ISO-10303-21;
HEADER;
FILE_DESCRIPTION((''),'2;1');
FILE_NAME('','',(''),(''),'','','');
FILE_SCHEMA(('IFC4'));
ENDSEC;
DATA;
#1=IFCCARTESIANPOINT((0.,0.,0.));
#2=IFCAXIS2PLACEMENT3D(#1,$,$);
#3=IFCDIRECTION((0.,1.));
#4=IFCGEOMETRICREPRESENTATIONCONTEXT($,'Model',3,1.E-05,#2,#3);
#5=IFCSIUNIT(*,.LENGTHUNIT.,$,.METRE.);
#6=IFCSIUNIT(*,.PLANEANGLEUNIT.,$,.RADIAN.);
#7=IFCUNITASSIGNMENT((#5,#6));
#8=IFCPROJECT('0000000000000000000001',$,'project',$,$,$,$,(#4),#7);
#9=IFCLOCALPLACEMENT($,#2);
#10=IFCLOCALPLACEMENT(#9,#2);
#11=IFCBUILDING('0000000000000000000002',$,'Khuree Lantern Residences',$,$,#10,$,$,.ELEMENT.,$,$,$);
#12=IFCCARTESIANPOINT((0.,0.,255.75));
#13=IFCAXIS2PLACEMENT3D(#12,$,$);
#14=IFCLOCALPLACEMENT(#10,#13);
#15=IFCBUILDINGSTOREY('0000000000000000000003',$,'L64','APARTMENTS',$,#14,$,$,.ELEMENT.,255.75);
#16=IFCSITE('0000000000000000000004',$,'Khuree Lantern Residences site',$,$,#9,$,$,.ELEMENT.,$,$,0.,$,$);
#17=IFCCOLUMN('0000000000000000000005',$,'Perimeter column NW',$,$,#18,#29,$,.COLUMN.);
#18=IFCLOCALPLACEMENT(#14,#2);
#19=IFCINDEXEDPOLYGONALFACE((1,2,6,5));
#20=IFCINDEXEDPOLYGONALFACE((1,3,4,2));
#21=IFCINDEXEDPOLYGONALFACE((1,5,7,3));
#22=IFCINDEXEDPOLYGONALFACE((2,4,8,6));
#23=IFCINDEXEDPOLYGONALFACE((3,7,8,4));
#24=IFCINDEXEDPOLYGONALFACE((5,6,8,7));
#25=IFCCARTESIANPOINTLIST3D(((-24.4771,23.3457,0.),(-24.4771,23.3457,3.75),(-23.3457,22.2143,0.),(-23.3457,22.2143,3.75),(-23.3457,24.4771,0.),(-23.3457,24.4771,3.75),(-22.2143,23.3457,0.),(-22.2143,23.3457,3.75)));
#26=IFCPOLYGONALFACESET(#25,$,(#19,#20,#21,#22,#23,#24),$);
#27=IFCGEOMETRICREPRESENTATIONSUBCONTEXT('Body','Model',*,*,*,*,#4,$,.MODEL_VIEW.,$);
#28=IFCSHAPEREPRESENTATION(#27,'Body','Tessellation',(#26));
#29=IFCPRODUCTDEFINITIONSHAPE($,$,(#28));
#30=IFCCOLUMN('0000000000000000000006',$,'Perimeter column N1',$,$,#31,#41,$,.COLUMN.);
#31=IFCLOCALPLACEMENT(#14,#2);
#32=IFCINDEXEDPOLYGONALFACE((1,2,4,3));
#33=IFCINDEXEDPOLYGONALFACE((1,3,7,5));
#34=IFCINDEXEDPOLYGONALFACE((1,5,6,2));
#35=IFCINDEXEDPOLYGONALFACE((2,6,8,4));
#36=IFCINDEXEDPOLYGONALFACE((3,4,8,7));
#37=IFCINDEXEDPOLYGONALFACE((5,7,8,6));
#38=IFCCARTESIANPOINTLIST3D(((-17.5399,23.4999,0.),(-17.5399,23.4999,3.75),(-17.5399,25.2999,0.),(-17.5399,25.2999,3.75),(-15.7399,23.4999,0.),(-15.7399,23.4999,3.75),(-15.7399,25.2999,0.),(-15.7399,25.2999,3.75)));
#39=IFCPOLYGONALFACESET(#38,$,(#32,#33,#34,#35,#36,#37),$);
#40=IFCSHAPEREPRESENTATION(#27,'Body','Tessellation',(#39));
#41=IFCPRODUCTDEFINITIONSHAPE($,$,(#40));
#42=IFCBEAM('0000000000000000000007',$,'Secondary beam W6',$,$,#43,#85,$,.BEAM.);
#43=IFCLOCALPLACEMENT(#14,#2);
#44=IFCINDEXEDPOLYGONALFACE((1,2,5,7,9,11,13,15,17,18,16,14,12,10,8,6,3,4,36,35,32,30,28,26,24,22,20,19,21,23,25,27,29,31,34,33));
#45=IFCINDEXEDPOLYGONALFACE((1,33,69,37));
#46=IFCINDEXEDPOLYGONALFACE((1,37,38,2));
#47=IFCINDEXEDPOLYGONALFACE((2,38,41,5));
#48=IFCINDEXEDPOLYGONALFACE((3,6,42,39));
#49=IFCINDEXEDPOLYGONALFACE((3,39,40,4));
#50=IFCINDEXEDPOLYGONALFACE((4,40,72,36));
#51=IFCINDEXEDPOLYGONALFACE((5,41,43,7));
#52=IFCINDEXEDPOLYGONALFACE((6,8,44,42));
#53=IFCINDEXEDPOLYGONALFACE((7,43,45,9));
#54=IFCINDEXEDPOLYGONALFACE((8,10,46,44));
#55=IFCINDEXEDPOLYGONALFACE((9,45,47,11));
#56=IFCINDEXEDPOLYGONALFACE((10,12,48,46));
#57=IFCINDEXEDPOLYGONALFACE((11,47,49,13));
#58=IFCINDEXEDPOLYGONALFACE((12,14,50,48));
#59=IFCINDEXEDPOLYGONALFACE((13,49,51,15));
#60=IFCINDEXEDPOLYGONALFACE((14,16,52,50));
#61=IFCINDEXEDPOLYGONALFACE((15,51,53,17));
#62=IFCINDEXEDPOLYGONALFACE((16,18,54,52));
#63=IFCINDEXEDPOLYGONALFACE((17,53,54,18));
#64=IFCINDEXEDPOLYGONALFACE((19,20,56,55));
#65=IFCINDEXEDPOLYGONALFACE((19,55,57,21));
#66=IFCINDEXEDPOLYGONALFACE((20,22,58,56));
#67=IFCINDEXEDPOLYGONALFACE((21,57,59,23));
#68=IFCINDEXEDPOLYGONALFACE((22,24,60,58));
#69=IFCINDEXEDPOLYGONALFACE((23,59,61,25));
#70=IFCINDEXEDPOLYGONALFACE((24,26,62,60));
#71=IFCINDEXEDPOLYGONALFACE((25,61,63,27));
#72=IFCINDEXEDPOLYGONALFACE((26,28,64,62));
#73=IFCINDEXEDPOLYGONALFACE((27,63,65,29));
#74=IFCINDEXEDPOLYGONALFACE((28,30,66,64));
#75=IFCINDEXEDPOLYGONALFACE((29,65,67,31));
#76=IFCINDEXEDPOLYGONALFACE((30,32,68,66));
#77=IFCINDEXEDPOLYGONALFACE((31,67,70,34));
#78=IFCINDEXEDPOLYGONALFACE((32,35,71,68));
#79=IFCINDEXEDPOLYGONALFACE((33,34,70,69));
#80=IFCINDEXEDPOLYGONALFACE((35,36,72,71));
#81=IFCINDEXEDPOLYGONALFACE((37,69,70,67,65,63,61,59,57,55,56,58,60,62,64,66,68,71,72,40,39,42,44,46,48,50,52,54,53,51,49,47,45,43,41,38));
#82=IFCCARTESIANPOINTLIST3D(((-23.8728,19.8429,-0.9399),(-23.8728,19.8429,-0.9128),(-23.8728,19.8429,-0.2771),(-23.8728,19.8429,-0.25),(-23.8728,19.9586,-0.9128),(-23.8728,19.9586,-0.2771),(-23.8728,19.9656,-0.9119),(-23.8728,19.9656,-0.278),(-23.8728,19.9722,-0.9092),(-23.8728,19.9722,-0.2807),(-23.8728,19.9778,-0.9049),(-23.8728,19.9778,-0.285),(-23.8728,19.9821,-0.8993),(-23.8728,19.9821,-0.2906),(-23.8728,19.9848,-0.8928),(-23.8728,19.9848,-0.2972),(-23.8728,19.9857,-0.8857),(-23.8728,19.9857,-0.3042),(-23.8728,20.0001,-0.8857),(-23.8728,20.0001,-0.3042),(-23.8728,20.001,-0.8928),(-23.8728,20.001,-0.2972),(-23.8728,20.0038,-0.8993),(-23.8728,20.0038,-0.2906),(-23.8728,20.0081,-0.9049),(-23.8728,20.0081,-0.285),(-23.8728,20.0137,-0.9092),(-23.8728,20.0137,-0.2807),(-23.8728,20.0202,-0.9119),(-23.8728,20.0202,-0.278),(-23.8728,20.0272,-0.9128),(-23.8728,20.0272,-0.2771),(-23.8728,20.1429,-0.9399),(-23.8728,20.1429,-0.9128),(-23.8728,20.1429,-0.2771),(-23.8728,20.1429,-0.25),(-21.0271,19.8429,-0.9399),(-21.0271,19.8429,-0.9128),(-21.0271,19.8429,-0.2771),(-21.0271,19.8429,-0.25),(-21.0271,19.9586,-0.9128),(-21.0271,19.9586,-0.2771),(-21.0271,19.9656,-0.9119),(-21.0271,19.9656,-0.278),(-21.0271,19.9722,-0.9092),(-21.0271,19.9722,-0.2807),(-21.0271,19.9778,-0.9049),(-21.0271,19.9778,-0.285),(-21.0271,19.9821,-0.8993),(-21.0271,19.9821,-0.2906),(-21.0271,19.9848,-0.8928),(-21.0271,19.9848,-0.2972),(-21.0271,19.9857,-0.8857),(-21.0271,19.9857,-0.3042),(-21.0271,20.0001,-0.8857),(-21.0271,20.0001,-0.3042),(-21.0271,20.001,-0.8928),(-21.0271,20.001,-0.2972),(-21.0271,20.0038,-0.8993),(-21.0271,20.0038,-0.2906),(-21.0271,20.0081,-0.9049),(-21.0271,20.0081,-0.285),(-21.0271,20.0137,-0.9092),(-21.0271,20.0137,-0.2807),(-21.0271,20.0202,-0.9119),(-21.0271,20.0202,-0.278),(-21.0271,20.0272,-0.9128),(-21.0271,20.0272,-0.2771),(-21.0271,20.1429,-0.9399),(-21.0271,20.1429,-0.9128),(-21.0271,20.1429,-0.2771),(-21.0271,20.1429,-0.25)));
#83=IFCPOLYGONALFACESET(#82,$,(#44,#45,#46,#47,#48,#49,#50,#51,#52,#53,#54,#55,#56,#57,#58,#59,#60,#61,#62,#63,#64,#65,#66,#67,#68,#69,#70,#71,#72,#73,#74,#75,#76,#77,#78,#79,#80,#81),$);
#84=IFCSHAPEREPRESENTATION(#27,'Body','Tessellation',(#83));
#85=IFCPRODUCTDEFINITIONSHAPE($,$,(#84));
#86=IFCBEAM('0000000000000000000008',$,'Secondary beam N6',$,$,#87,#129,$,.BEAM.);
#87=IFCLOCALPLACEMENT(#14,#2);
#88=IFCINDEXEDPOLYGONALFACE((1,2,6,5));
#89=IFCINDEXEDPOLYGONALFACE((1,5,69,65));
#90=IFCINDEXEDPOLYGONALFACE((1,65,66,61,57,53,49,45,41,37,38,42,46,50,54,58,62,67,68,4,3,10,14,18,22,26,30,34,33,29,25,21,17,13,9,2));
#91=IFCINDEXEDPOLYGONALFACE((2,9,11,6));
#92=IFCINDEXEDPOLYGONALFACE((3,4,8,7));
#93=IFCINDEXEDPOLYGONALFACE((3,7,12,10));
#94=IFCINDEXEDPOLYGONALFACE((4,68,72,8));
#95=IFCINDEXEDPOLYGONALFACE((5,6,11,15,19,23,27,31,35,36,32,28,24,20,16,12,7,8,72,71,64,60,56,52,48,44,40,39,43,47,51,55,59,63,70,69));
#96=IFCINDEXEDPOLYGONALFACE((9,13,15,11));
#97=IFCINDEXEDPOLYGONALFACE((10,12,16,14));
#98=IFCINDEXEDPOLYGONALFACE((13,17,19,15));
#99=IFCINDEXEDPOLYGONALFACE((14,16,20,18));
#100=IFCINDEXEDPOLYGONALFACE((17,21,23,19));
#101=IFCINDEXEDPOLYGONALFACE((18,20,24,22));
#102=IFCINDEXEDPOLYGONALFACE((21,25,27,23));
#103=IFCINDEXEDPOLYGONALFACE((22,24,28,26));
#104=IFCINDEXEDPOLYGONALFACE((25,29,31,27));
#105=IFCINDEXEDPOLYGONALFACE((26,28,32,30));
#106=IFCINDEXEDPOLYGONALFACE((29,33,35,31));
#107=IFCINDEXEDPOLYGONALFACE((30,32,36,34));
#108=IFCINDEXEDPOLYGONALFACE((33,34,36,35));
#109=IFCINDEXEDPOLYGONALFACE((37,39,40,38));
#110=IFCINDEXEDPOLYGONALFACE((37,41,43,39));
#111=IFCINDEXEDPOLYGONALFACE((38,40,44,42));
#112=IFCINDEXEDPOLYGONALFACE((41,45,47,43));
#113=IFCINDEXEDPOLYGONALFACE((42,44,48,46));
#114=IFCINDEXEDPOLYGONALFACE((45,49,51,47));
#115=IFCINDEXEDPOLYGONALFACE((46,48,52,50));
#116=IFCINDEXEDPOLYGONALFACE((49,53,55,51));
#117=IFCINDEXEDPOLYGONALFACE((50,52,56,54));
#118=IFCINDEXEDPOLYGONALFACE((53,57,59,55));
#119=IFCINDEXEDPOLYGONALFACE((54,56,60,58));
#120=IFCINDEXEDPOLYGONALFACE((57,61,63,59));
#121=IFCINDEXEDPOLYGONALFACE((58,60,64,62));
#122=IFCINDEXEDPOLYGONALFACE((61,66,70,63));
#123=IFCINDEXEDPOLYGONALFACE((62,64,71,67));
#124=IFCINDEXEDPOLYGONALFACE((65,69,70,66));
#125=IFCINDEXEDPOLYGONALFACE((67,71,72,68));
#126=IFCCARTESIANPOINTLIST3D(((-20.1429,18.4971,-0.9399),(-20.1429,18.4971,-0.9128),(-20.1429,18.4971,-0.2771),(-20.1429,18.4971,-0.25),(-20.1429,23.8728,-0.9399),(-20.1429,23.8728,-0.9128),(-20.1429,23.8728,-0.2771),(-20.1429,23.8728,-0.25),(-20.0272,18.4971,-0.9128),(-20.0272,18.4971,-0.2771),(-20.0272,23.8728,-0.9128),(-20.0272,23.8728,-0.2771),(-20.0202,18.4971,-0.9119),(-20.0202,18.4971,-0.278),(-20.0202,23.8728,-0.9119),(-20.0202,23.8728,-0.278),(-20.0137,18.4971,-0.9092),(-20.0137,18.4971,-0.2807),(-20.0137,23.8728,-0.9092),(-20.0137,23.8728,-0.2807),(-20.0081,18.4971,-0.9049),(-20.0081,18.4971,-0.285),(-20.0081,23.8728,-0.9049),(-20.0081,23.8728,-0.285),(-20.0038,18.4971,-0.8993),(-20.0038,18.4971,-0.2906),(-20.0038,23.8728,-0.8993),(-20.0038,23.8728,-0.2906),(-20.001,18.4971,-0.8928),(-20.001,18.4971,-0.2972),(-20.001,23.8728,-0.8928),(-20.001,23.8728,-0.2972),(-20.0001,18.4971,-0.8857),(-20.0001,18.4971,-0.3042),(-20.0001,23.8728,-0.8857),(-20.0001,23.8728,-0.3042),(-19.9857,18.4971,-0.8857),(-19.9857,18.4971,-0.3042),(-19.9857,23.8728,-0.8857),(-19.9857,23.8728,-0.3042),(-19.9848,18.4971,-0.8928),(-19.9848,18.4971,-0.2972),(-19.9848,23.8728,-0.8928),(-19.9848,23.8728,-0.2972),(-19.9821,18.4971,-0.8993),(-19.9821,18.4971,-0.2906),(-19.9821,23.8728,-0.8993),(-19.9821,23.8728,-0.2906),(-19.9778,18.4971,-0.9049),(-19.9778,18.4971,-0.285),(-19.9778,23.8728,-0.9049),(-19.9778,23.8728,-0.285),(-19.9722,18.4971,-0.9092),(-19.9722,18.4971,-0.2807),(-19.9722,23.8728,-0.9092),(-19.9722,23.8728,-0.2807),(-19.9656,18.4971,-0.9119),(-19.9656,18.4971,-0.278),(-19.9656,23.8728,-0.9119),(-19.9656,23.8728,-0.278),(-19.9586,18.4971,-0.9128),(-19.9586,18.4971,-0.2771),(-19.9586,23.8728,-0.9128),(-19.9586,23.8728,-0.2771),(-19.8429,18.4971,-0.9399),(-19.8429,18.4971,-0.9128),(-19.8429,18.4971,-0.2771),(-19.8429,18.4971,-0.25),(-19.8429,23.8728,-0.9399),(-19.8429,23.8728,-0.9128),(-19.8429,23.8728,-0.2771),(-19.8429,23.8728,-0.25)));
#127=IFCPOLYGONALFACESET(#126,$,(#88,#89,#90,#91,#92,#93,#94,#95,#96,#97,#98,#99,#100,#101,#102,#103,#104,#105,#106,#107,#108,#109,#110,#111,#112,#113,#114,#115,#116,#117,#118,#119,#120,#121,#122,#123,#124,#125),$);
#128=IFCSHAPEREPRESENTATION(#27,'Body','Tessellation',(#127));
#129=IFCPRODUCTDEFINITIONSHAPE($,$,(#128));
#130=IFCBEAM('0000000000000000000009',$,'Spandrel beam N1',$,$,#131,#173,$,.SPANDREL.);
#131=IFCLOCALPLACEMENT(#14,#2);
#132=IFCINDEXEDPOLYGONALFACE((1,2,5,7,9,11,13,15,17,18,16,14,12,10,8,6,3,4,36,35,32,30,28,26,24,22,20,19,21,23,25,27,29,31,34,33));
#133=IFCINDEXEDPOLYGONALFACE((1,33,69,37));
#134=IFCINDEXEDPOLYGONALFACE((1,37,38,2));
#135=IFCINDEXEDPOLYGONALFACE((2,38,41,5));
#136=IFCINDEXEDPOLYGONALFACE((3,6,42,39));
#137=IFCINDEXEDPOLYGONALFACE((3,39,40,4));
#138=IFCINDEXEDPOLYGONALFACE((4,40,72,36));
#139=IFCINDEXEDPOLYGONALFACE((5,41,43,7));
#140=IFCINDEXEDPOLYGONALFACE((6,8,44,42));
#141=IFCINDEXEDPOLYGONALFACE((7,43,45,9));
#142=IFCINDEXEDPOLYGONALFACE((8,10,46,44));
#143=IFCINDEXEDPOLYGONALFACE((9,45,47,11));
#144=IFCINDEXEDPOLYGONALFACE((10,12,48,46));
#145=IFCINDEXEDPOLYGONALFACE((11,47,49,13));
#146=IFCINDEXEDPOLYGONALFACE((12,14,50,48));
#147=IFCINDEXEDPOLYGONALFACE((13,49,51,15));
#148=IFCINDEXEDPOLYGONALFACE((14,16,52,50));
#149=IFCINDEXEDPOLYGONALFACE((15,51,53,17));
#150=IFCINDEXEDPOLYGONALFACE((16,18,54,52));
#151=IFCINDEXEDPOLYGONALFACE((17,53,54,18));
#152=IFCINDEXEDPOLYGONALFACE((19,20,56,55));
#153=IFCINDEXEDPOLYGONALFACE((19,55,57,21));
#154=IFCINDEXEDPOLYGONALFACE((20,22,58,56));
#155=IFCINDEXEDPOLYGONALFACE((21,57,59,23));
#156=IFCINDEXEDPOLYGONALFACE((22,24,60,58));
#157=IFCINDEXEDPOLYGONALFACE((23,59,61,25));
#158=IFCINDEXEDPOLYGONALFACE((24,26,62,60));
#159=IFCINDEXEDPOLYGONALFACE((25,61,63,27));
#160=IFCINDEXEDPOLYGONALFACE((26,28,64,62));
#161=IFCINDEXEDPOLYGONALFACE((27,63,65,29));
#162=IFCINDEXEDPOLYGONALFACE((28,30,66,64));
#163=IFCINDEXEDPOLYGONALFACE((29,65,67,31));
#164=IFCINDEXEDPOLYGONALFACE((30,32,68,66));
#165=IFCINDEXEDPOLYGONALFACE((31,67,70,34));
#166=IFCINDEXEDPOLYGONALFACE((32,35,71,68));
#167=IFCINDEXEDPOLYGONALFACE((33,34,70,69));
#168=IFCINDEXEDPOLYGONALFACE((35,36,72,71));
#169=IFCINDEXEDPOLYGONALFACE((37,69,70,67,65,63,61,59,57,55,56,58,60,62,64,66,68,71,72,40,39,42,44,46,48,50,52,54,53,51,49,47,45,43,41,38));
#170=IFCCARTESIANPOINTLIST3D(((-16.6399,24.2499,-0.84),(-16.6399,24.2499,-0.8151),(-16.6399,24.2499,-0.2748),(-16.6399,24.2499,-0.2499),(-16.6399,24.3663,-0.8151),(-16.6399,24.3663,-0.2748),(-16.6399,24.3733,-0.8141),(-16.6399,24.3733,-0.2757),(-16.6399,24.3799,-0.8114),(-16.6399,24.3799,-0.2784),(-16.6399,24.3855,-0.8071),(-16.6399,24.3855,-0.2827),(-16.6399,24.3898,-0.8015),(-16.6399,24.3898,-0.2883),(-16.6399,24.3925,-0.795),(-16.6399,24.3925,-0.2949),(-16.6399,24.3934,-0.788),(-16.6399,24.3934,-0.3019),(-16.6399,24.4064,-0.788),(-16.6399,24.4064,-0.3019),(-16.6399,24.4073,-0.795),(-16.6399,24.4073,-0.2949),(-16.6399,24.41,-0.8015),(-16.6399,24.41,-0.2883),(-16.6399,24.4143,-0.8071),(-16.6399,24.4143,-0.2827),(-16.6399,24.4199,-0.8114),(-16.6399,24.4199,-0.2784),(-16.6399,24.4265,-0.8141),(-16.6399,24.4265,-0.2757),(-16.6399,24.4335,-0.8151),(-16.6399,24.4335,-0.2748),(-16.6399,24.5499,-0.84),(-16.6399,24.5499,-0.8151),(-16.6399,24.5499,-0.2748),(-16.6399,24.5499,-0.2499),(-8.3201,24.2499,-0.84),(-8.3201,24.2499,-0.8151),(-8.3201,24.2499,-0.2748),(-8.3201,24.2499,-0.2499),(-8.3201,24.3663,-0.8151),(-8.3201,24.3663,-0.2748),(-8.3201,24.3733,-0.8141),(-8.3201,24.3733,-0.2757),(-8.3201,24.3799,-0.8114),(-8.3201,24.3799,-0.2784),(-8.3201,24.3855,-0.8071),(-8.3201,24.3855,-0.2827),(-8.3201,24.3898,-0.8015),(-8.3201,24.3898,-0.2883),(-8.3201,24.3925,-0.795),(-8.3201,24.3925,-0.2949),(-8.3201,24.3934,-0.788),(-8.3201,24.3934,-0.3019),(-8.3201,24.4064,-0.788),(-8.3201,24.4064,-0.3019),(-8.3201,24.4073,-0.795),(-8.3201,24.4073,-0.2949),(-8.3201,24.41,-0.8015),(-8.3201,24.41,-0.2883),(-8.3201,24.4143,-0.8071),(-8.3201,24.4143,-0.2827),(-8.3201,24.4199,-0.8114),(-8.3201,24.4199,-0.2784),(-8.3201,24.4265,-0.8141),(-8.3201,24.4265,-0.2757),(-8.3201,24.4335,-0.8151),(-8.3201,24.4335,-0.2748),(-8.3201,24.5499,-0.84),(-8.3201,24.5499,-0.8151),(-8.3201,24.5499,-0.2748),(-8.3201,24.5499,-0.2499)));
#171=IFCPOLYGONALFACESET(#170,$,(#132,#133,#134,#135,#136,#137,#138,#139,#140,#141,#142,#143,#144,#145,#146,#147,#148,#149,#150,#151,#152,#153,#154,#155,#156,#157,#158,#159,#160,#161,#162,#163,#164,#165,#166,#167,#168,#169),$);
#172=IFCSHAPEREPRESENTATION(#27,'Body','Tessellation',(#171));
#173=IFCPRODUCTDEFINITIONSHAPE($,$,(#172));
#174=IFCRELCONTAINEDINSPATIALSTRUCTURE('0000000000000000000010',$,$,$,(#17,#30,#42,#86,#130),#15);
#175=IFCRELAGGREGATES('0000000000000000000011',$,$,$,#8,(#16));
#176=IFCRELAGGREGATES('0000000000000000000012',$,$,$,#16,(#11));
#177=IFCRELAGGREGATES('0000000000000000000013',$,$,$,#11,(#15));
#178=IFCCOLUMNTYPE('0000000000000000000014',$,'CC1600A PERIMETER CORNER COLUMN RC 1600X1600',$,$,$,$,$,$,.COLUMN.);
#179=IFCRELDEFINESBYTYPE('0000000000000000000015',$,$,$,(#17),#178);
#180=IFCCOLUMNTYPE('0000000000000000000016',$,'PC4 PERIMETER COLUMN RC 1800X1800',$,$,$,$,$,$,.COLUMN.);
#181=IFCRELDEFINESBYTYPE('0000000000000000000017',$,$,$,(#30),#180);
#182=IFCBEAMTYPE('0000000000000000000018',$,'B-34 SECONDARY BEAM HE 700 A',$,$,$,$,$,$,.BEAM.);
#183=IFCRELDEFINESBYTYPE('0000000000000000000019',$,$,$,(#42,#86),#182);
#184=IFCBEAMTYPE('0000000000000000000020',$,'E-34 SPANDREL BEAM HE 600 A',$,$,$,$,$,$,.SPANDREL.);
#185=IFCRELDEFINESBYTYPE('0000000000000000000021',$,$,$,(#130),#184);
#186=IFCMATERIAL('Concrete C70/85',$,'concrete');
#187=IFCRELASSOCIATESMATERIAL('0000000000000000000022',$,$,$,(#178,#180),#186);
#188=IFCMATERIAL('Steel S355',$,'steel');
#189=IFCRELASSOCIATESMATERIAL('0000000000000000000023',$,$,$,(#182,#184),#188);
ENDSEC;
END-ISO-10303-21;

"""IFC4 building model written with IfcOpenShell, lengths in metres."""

from ifc_helpers import new_model, si_unit, direction, frame, origin, origin_2d, place, context, subcontext, project, spatial, rectangle, i_section, extrude, material, material_profile, profile_set, type_object, element, save


model = new_model("IFC4")

# Units and contexts
model_context = context("Model", 3, precision=1e-05, world=origin(), true_north=direction((0.0, 1.0)))
body_context = subcontext(model_context, "Body", "Model", "MODEL_VIEW")
ifc_project = project(units=[si_unit("LENGTHUNIT", "METRE"), si_unit("PLANEANGLEUNIT", "RADIAN")], contexts=[model_context])

# Site, building, storey
site_placement = place(None, origin())
site = spatial("IfcSite", under=ifc_project, at=site_placement, Name="Khuree Lantern Residences site", CompositionType="ELEMENT", RefElevation=0.0)
building_placement = place(site_placement, origin())
building = spatial("IfcBuilding", under=site, at=building_placement, Name="Khuree Lantern Residences", CompositionType="ELEMENT")
storey_placement = place(building_placement, frame((0.0, 0.0, 255.75)))
storey = spatial("IfcBuildingStorey", under=building, at=storey_placement, Name="L64", Description="APARTMENTS", CompositionType="ELEMENT", Elevation=255.75)

# Columns
ifc_material_1 = material(Name="Concrete C70/85", Category="concrete")
ifc_material_profile_1 = material_profile(ifc_material_1, rectangle(XDim=1.6001, YDim=1.6001, at=origin_2d()), Name="RC 1600X1600")
ifc_profile_set_1 = profile_set([ifc_material_profile_1], Name="Concrete C70/85")
column_type_1 = type_object("IfcColumnType", Name="CC1600A PERIMETER CORNER COLUMN RC 1600X1600", PredefinedType="COLUMN", material=ifc_profile_set_1)
column_1_placement = place(storey_placement, frame((-23.3457, 23.3457, 0.0), z_axis=(0.0, 0.0, 1.0), x_axis=(0.707107, 0.707107, 0.0)))
element("IfcColumn", 1, at=column_1_placement, inside=storey, type_object=column_type_1, Name="Perimeter column NW", PredefinedType="COLUMN", context=body_context, shape_type="SweptSolid", body=[
    extrude(rectangle(XDim=1.6001, YDim=1.6001, at=origin_2d()), origin(), (0.0, 0.0, 1.0), 3.75),
])
ifc_material_profile_2 = material_profile(ifc_material_1, rectangle(XDim=1.8, YDim=1.8, at=origin_2d()), Name="RC 1800X1800")
ifc_profile_set_2 = profile_set([ifc_material_profile_2], Name="Concrete C70/85")
column_type_2 = type_object("IfcColumnType", Name="PC4 PERIMETER COLUMN RC 1800X1800", PredefinedType="COLUMN", material=ifc_profile_set_2)
column_2_placement = place(storey_placement, frame((-16.6399, 24.3999, 0.0), z_axis=(0.0, 0.0, 1.0), x_axis=(1.0, 0.0, 0.0)))
element("IfcColumn", 2, at=column_2_placement, inside=storey, type_object=column_type_2, Name="Perimeter column N1", PredefinedType="COLUMN", context=body_context, shape_type="SweptSolid", body=[
    extrude(rectangle(XDim=1.8, YDim=1.8, at=origin_2d()), origin(), (0.0, 0.0, 1.0), 3.75),
])

# Beams
ifc_material_2 = material(Name="Steel S355", Category="steel")
ifc_material_profile_3 = material_profile(ifc_material_2, i_section(OverallWidth=0.3, OverallDepth=0.6899, WebThickness=0.0144, FlangeThickness=0.0271, FilletRadius=0.0271, at=origin_2d()), Name="HE 700 A")
ifc_profile_set_3 = profile_set([ifc_material_profile_3], Name="Steel S355")
beam_type_1 = type_object("IfcBeamType", Name="B-34 SECONDARY BEAM HE 700 A", PredefinedType="BEAM", material=ifc_profile_set_3)
beam_1_placement = place(storey_placement, frame((-23.8728, 19.9929, -0.595), z_axis=(1.0, 0.0, 0.0), x_axis=(0.0, 1.0, 0.0)))
element("IfcBeam", 3, at=beam_1_placement, inside=storey, type_object=beam_type_1, Name="Secondary beam W6", PredefinedType="BEAM", context=body_context, shape_type="SweptSolid", body=[
    extrude(i_section(OverallWidth=0.3, OverallDepth=0.6899, WebThickness=0.0144, FlangeThickness=0.0271, FilletRadius=0.0271, at=origin_2d()), origin(), (0.0, 0.0, 1.0), 2.8457),
])
beam_2_placement = place(storey_placement, frame((-19.9929, 23.8728, -0.595), z_axis=(0.0, -1.0, 0.0), x_axis=(1.0, 0.0, 0.0)))
element("IfcBeam", 4, at=beam_2_placement, inside=storey, type_object=beam_type_1, Name="Secondary beam N6", PredefinedType="BEAM", context=body_context, shape_type="SweptSolid", body=[
    extrude(i_section(OverallWidth=0.3, OverallDepth=0.6899, WebThickness=0.0144, FlangeThickness=0.0271, FilletRadius=0.0271, at=origin_2d()), origin(), (0.0, 0.0, 1.0), 5.3757),
])
ifc_material_profile_4 = material_profile(ifc_material_2, i_section(OverallWidth=0.3, OverallDepth=0.5901, WebThickness=0.0129, FlangeThickness=0.0249, FilletRadius=0.0271, at=origin_2d()), Name="HE 600 A")
ifc_profile_set_4 = profile_set([ifc_material_profile_4], Name="Steel S355")
beam_type_2 = type_object("IfcBeamType", Name="E-34 SPANDREL BEAM HE 600 A", PredefinedType="SPANDREL", material=ifc_profile_set_4)
beam_3_placement = place(storey_placement, frame((-16.6399, 24.3999, -0.5449), z_axis=(1.0, 0.0, 0.0), x_axis=(0.0, 1.0, 0.0)))
element("IfcBeam", 5, at=beam_3_placement, inside=storey, type_object=beam_type_2, Name="Spandrel beam N1", PredefinedType="SPANDREL", context=body_context, shape_type="SweptSolid", body=[
    extrude(i_section(OverallWidth=0.3, OverallDepth=0.5901, WebThickness=0.0129, FlangeThickness=0.0249, FilletRadius=0.0271, at=origin_2d()), origin(), (0.0, 0.0, 1.0), 8.3198),
])

save(model, "model.ifc")
